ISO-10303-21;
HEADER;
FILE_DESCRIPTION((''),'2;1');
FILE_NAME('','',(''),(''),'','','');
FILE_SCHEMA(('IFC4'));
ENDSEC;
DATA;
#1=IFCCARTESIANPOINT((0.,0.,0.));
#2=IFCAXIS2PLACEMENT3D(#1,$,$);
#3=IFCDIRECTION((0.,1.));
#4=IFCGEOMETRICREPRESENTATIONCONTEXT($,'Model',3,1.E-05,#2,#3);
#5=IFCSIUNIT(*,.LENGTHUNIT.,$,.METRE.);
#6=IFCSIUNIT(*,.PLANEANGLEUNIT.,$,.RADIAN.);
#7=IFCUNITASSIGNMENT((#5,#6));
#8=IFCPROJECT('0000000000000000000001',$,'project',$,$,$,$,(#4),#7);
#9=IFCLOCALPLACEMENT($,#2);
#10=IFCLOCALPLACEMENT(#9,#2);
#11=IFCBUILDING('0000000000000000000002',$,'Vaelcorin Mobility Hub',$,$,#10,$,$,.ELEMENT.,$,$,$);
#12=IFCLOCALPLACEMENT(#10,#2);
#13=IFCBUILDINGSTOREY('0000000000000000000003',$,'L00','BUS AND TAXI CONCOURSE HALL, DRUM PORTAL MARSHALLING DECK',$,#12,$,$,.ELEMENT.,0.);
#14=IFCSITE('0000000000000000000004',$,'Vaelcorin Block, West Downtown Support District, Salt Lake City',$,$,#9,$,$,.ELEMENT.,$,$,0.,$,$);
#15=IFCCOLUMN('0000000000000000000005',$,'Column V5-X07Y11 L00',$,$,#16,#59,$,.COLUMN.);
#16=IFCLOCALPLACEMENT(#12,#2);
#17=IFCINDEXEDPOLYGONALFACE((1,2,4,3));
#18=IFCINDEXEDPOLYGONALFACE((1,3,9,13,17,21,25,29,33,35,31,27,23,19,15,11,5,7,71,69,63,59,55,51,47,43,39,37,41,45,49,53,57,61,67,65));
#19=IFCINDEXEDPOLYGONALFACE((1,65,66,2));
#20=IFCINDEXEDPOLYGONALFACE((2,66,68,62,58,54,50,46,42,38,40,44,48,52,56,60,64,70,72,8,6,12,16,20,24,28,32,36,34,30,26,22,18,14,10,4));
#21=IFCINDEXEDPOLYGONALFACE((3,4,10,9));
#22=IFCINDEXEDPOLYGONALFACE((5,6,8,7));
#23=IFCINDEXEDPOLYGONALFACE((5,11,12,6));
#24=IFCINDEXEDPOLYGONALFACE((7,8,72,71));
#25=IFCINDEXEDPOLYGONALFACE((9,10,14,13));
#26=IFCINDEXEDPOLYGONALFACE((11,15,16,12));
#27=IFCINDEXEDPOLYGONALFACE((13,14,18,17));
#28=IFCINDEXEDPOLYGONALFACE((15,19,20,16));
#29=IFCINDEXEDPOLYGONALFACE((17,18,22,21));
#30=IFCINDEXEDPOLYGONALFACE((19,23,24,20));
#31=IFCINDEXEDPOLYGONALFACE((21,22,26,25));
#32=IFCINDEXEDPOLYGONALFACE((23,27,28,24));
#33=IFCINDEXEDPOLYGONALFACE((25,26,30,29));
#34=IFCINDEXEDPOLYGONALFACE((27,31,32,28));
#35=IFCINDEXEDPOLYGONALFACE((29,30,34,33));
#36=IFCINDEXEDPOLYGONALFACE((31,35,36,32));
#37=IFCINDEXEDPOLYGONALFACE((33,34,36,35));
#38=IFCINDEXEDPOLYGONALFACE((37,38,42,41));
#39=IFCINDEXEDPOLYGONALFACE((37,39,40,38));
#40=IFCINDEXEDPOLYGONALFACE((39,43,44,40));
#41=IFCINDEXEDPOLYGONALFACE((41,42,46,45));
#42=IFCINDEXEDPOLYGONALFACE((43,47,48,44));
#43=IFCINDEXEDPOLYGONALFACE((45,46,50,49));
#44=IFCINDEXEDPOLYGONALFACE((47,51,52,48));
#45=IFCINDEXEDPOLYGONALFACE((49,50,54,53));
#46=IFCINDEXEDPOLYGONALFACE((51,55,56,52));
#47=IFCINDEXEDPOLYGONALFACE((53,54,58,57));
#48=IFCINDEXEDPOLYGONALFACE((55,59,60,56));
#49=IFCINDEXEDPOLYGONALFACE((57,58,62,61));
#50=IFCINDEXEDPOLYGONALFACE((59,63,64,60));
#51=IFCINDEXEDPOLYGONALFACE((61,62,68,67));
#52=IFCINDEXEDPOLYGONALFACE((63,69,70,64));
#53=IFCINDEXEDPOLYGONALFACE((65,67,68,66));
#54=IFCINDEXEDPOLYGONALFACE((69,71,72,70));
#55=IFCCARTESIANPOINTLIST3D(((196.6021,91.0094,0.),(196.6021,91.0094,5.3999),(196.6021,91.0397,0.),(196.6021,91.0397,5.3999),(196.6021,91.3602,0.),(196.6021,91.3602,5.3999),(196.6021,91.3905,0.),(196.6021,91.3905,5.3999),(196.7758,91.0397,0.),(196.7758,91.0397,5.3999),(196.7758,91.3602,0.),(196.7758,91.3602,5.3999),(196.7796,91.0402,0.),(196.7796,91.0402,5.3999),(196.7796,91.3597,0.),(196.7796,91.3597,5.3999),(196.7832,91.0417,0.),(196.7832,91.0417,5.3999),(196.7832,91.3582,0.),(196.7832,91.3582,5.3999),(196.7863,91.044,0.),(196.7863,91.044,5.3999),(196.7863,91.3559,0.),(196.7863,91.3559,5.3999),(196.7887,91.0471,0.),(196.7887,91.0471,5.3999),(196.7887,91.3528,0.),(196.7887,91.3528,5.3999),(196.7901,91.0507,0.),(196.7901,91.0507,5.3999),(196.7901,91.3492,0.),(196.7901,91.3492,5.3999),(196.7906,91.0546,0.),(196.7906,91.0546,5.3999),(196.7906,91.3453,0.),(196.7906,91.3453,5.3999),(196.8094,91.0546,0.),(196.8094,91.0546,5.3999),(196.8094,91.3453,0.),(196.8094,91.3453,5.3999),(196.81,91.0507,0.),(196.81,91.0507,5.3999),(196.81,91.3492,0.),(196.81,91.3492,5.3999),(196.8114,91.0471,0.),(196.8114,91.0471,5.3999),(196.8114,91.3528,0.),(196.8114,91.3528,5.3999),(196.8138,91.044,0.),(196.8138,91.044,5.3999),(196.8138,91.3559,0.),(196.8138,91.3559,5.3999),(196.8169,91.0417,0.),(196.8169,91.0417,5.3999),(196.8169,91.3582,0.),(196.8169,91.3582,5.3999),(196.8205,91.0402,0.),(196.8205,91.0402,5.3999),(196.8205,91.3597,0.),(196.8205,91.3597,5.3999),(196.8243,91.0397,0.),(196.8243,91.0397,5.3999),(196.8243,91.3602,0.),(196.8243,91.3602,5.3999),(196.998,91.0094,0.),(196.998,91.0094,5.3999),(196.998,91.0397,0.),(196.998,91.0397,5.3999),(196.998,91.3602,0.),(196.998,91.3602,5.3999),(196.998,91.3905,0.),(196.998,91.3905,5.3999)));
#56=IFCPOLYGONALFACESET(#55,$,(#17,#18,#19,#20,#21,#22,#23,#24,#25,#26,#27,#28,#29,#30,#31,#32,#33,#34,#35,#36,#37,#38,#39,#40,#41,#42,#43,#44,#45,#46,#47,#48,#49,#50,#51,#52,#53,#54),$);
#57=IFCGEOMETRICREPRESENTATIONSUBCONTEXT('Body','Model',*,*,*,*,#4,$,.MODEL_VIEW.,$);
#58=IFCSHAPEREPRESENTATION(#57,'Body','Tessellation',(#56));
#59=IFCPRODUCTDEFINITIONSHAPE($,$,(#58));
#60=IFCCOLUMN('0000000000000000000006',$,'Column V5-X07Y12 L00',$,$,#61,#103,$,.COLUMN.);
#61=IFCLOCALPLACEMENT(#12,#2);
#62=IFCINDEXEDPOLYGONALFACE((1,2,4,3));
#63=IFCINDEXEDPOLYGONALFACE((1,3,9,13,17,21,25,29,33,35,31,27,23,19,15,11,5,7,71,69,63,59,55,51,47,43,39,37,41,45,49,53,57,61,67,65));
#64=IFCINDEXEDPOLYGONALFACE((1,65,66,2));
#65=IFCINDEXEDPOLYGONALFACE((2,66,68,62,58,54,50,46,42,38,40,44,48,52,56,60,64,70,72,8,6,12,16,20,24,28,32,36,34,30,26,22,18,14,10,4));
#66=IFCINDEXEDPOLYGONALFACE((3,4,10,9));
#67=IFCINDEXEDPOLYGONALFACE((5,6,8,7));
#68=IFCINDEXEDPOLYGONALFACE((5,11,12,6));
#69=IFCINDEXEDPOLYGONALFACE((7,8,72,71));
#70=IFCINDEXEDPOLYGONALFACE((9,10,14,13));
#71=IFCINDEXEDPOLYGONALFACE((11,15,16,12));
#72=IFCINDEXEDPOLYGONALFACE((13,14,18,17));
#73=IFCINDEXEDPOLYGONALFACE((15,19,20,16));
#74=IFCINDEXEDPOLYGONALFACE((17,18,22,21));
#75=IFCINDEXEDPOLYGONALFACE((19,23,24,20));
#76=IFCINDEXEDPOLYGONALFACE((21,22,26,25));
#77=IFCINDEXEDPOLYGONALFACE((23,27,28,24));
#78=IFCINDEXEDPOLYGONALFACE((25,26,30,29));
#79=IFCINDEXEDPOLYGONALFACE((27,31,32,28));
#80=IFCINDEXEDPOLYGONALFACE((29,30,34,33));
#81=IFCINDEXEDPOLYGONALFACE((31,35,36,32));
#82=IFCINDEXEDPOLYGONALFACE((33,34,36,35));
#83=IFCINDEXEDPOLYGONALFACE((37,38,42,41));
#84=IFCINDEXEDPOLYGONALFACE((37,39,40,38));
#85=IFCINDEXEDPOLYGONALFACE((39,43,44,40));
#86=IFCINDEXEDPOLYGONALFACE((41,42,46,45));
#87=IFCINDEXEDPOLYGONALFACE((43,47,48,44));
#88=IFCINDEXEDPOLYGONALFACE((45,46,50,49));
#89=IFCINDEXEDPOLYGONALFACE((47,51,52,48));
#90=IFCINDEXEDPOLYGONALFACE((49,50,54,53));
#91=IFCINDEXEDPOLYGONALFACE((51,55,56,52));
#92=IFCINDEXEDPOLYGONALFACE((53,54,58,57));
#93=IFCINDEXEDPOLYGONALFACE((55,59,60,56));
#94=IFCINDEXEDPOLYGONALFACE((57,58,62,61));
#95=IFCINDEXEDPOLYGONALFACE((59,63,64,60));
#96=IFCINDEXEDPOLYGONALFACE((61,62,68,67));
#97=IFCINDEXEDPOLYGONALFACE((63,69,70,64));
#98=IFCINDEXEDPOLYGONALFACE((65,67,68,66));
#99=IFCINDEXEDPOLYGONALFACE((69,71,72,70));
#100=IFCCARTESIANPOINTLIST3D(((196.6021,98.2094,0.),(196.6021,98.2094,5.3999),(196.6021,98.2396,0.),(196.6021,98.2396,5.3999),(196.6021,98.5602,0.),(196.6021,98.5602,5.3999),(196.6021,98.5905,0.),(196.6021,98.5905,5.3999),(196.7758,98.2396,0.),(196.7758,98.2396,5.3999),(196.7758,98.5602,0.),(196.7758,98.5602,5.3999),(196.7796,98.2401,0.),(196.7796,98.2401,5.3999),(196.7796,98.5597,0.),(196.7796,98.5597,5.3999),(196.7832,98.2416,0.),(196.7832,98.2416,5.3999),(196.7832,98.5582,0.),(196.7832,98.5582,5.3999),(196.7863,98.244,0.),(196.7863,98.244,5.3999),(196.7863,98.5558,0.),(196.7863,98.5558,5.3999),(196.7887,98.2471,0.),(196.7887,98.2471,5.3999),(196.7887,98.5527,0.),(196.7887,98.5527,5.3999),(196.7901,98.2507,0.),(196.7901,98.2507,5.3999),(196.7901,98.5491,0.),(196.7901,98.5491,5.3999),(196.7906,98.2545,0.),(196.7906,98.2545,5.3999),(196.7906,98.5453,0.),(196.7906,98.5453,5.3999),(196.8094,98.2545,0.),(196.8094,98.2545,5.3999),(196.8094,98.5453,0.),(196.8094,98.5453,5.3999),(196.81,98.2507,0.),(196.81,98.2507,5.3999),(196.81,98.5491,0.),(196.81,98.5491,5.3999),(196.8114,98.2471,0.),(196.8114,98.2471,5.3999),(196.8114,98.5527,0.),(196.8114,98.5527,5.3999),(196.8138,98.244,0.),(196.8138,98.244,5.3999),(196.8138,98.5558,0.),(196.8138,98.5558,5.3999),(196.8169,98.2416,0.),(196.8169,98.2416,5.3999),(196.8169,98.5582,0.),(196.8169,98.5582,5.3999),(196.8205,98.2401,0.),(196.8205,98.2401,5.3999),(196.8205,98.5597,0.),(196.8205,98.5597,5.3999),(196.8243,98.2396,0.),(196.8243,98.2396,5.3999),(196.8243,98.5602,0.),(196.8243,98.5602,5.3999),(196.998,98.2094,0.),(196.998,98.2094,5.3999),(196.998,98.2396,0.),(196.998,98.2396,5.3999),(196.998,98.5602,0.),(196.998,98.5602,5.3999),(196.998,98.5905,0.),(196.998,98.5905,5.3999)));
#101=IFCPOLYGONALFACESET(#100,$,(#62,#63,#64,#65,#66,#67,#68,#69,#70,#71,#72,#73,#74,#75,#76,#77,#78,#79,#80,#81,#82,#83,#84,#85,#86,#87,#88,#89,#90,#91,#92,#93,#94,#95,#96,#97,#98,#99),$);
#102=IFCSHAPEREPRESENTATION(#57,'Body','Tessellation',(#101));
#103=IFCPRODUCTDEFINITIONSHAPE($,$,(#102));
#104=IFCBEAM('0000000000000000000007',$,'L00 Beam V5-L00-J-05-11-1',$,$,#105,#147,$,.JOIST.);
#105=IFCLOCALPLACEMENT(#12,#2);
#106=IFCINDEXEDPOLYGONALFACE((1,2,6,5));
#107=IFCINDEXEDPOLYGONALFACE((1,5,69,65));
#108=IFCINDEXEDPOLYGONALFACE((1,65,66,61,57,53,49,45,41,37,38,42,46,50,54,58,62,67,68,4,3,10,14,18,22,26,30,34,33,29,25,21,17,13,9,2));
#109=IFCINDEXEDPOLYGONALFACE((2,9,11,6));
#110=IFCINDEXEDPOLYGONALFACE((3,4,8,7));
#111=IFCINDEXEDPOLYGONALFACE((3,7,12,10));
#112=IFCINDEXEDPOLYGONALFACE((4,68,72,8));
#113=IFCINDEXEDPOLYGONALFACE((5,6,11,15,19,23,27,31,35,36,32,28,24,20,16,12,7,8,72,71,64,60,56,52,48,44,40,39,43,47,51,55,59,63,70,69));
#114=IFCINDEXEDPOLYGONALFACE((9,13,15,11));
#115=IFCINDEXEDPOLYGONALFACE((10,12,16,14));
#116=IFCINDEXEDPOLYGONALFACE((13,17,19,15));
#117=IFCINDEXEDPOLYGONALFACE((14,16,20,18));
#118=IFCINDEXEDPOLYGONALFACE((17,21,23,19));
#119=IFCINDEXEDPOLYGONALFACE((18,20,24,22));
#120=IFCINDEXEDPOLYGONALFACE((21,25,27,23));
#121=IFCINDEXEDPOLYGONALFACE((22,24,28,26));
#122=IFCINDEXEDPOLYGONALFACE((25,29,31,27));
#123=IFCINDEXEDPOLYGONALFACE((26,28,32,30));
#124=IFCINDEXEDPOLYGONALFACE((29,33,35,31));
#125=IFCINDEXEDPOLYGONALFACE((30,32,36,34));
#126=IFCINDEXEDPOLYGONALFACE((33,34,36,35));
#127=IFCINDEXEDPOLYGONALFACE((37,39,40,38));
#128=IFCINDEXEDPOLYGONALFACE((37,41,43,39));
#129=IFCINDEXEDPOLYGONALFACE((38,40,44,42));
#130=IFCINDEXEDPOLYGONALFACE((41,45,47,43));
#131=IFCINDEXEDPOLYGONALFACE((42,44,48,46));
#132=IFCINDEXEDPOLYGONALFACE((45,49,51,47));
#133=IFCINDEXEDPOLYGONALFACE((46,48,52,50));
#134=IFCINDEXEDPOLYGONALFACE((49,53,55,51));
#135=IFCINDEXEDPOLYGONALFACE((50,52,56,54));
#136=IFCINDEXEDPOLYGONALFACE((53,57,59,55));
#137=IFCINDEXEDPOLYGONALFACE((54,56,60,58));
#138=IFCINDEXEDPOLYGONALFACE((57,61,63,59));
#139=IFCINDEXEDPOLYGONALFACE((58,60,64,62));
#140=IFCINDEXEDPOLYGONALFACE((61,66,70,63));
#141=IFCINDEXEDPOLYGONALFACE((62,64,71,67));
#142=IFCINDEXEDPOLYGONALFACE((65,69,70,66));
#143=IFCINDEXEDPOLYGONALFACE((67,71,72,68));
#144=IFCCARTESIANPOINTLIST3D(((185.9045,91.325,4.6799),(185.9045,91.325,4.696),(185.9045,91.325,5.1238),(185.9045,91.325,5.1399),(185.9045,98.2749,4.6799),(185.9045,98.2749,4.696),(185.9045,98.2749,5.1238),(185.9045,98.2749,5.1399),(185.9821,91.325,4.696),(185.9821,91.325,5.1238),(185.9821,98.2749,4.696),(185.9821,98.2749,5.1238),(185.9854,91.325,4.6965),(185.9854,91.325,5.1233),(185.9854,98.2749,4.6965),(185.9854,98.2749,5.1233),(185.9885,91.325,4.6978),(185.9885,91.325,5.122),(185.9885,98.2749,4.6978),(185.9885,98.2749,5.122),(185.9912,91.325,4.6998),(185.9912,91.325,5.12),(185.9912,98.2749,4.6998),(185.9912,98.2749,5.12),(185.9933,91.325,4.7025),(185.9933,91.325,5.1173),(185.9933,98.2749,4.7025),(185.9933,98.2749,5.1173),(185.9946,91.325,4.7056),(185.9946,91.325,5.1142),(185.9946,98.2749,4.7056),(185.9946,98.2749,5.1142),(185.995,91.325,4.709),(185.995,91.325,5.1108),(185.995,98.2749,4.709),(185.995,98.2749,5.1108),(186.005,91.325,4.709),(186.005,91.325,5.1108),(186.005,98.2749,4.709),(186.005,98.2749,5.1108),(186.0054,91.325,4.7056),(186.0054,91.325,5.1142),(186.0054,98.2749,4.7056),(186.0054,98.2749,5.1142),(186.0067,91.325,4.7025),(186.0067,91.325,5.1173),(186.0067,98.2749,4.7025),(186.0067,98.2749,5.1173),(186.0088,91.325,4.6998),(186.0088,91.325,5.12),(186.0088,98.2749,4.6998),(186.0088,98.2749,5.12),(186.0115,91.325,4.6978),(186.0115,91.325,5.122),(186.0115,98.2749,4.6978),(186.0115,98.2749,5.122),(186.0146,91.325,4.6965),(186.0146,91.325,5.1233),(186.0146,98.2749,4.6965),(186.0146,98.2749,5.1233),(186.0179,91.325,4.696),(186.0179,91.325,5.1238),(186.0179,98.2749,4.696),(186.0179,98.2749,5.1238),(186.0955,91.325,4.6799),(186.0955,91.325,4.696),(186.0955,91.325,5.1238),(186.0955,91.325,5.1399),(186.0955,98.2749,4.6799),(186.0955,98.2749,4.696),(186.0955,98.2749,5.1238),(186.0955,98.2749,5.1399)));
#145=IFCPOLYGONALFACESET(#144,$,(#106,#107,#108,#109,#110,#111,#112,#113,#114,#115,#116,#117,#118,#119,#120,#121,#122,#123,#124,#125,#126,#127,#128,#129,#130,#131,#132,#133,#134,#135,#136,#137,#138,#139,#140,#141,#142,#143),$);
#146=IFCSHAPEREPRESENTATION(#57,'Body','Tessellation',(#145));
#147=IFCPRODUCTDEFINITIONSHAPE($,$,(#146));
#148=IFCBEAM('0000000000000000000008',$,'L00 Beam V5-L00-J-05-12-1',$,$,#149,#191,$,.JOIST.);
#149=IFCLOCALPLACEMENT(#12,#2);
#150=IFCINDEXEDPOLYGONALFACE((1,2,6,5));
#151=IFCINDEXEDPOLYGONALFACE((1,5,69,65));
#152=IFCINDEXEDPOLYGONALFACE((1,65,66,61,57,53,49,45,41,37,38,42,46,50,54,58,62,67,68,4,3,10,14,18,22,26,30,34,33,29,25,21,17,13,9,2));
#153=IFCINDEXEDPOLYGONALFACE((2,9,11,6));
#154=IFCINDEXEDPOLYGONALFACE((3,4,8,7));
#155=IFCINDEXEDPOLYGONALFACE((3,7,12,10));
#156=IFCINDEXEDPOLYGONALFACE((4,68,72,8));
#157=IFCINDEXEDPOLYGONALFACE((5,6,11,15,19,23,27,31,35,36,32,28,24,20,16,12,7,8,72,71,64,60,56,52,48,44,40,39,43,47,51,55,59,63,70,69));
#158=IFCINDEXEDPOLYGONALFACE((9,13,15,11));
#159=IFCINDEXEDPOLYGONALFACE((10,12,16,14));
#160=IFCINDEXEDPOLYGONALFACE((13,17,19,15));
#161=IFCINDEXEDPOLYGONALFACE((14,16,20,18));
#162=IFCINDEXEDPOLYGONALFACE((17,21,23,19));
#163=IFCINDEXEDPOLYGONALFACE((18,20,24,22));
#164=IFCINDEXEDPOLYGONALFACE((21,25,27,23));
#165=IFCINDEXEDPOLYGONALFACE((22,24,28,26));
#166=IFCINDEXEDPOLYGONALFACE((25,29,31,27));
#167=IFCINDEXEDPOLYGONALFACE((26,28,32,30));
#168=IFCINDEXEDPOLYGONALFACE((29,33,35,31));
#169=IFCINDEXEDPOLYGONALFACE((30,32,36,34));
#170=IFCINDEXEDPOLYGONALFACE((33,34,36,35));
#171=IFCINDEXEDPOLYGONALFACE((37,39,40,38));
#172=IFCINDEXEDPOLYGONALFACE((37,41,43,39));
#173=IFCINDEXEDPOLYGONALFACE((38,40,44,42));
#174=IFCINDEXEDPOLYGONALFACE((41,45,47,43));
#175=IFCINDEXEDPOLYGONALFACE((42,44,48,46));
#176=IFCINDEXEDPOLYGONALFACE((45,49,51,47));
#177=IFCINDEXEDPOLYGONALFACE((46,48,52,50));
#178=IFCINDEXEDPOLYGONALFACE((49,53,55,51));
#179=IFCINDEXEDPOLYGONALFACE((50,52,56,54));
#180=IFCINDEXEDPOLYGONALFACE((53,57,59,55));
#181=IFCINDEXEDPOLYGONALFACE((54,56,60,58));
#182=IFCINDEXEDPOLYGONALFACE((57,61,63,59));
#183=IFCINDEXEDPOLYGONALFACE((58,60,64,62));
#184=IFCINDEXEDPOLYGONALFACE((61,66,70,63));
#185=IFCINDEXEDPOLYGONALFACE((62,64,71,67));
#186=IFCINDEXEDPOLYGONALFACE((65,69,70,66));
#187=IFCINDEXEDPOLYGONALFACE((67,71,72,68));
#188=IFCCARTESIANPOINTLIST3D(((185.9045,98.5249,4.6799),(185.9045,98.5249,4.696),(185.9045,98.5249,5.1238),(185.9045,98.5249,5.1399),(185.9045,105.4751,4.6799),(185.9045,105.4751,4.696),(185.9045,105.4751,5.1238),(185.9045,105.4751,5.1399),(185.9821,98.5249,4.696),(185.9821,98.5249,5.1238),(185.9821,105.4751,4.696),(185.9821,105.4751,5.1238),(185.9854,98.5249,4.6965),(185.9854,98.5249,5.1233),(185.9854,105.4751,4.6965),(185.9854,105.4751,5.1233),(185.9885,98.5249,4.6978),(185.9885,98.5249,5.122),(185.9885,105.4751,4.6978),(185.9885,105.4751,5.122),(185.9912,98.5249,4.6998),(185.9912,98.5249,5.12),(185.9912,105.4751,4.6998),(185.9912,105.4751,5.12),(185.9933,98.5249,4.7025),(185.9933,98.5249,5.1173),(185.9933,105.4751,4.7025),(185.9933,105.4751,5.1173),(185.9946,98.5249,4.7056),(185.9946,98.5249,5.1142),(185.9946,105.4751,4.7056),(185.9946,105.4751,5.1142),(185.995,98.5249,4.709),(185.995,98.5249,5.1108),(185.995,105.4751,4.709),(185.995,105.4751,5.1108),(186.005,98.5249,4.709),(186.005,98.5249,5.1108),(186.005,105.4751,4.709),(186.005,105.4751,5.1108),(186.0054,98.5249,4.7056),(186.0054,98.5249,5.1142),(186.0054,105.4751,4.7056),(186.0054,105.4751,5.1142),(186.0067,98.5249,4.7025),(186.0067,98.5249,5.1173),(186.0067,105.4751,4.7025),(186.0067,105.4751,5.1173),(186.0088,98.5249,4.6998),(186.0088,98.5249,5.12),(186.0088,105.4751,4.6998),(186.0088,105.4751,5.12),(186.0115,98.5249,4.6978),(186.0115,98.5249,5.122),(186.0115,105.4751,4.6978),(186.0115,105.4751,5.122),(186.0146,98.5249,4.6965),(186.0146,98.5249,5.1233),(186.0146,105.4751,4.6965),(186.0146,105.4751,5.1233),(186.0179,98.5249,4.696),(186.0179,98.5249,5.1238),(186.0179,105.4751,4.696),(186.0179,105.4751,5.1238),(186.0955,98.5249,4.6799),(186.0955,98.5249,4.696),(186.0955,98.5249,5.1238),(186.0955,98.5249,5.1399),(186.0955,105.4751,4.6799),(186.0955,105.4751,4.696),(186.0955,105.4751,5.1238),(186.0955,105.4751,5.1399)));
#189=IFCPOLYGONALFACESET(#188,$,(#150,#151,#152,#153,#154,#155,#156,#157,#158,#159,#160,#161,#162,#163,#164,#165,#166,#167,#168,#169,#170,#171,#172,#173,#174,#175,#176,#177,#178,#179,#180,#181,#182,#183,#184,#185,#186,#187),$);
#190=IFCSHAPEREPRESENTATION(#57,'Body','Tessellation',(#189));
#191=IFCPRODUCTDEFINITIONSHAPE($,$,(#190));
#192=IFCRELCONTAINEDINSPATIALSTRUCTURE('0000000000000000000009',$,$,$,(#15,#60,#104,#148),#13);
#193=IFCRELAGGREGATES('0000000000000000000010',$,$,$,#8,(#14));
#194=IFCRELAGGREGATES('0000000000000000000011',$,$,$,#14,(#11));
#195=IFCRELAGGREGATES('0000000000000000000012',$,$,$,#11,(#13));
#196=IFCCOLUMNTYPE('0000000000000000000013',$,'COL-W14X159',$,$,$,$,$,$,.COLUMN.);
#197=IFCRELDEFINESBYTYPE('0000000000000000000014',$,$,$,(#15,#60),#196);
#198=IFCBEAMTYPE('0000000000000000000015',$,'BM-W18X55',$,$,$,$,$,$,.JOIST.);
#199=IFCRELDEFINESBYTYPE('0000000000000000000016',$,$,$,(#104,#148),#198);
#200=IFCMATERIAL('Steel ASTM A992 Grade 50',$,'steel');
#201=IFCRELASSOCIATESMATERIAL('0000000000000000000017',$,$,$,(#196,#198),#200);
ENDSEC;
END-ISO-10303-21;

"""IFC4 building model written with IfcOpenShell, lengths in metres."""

from ifc_helpers import new_model, si_unit, direction, frame, origin, origin_2d, place, context, subcontext, project, spatial, i_section, extrude, material, material_profile, profile_set, type_object, element, save


model = new_model("IFC4")

# Units and contexts
model_context = context("Model", 3, precision=1e-05, world=origin(), true_north=direction((0.0, 1.0)))
body_context = subcontext(model_context, "Body", "Model", "MODEL_VIEW")
ifc_project = project(units=[si_unit("LENGTHUNIT", "METRE"), si_unit("PLANEANGLEUNIT", "RADIAN")], contexts=[model_context])

# Site, building, storey
site_placement = place(None, origin())
site = spatial("IfcSite", under=ifc_project, at=site_placement, Name="Vaelcorin Block, West Downtown Support District, Salt Lake City", CompositionType="ELEMENT", RefElevation=0.0)
building_placement = place(site_placement, origin())
building = spatial("IfcBuilding", under=site, at=building_placement, Name="Vaelcorin Mobility Hub", CompositionType="ELEMENT")
storey_placement = place(building_placement, origin())
storey = spatial("IfcBuildingStorey", under=building, at=storey_placement, Name="L00", Description="BUS AND TAXI CONCOURSE HALL, DRUM PORTAL MARSHALLING DECK", CompositionType="ELEMENT", Elevation=0.0)

# Columns
ifc_material = material(Name="Steel ASTM A992 Grade 50", Category="steel")
ifc_material_profile_1 = material_profile(ifc_material, i_section(OverallWidth=0.396, OverallDepth=0.3811, WebThickness=0.0188, FlangeThickness=0.0303, FilletRadius=0.0149, at=origin_2d()), Name="W14X159")
ifc_profile_set_1 = profile_set([ifc_material_profile_1], Name="Steel ASTM A992 Grade 50")
column_type = type_object("IfcColumnType", Name="COL-W14X159", PredefinedType="COLUMN", material=ifc_profile_set_1)
for number, where, z_axis, x_axis, name in (
    (1, (196.8, 91.2, 0.0), (0.0, 0.0, 1.0), (1.0, 0.0, 0.0), "Column V5-X07Y11 L00"),
    (2, (196.8, 98.3999, 0.0), (0.0, 0.0, 1.0), (1.0, 0.0, 0.0), "Column V5-X07Y12 L00"),
):
    element("IfcColumn", number, at=place(storey_placement, frame(where, z_axis=z_axis, x_axis=x_axis)), inside=storey, type_object=column_type, Name=name, PredefinedType="COLUMN", context=body_context, shape_type="SweptSolid", body=[
        extrude(i_section(OverallWidth=0.396, OverallDepth=0.3811, WebThickness=0.0188, FlangeThickness=0.0303, FilletRadius=0.0149, at=origin_2d()), origin(), (0.0, 0.0, 1.0), 5.3999),
    ])

# Beams
ifc_material_profile_2 = material_profile(ifc_material, i_section(OverallWidth=0.1909, OverallDepth=0.46, WebThickness=0.01, FlangeThickness=0.0161, FilletRadius=0.0129, at=origin_2d()), Name="W18X55")
ifc_profile_set_2 = profile_set([ifc_material_profile_2], Name="Steel ASTM A992 Grade 50")
beam_type_1 = type_object("IfcBeamType", Name="BM-W18X55", PredefinedType="JOIST", material=ifc_profile_set_2)
beam_1_placement = place(storey_placement, frame((186.0, 91.325, 4.9099), z_axis=(0.0, 1.0, 0.0), x_axis=(-1.0, 0.0, 0.0)))
element("IfcBeam", 3, at=beam_1_placement, inside=storey, type_object=beam_type_1, Name="L00 Beam V5-L00-J-05-11-1", PredefinedType="JOIST", context=body_context, shape_type="SweptSolid", body=[
    extrude(i_section(OverallWidth=0.1909, OverallDepth=0.46, WebThickness=0.01, FlangeThickness=0.0161, FilletRadius=0.0129, at=origin_2d()), origin(), (0.0, 0.0, 1.0), 6.95),
])
beam_2_placement = place(storey_placement, frame((186.0, 98.5249, 4.9099), z_axis=(0.0, 1.0, 0.0), x_axis=(-1.0, 0.0, 0.0)))
element("IfcBeam", 4, at=beam_2_placement, inside=storey, type_object=beam_type_1, Name="L00 Beam V5-L00-J-05-12-1", PredefinedType="JOIST", context=body_context, shape_type="SweptSolid", body=[
    extrude(i_section(OverallWidth=0.1909, OverallDepth=0.46, WebThickness=0.01, FlangeThickness=0.0161, FilletRadius=0.0129, at=origin_2d()), origin(), (0.0, 0.0, 1.0), 6.9502),
])

save(model, "model.ifc")
